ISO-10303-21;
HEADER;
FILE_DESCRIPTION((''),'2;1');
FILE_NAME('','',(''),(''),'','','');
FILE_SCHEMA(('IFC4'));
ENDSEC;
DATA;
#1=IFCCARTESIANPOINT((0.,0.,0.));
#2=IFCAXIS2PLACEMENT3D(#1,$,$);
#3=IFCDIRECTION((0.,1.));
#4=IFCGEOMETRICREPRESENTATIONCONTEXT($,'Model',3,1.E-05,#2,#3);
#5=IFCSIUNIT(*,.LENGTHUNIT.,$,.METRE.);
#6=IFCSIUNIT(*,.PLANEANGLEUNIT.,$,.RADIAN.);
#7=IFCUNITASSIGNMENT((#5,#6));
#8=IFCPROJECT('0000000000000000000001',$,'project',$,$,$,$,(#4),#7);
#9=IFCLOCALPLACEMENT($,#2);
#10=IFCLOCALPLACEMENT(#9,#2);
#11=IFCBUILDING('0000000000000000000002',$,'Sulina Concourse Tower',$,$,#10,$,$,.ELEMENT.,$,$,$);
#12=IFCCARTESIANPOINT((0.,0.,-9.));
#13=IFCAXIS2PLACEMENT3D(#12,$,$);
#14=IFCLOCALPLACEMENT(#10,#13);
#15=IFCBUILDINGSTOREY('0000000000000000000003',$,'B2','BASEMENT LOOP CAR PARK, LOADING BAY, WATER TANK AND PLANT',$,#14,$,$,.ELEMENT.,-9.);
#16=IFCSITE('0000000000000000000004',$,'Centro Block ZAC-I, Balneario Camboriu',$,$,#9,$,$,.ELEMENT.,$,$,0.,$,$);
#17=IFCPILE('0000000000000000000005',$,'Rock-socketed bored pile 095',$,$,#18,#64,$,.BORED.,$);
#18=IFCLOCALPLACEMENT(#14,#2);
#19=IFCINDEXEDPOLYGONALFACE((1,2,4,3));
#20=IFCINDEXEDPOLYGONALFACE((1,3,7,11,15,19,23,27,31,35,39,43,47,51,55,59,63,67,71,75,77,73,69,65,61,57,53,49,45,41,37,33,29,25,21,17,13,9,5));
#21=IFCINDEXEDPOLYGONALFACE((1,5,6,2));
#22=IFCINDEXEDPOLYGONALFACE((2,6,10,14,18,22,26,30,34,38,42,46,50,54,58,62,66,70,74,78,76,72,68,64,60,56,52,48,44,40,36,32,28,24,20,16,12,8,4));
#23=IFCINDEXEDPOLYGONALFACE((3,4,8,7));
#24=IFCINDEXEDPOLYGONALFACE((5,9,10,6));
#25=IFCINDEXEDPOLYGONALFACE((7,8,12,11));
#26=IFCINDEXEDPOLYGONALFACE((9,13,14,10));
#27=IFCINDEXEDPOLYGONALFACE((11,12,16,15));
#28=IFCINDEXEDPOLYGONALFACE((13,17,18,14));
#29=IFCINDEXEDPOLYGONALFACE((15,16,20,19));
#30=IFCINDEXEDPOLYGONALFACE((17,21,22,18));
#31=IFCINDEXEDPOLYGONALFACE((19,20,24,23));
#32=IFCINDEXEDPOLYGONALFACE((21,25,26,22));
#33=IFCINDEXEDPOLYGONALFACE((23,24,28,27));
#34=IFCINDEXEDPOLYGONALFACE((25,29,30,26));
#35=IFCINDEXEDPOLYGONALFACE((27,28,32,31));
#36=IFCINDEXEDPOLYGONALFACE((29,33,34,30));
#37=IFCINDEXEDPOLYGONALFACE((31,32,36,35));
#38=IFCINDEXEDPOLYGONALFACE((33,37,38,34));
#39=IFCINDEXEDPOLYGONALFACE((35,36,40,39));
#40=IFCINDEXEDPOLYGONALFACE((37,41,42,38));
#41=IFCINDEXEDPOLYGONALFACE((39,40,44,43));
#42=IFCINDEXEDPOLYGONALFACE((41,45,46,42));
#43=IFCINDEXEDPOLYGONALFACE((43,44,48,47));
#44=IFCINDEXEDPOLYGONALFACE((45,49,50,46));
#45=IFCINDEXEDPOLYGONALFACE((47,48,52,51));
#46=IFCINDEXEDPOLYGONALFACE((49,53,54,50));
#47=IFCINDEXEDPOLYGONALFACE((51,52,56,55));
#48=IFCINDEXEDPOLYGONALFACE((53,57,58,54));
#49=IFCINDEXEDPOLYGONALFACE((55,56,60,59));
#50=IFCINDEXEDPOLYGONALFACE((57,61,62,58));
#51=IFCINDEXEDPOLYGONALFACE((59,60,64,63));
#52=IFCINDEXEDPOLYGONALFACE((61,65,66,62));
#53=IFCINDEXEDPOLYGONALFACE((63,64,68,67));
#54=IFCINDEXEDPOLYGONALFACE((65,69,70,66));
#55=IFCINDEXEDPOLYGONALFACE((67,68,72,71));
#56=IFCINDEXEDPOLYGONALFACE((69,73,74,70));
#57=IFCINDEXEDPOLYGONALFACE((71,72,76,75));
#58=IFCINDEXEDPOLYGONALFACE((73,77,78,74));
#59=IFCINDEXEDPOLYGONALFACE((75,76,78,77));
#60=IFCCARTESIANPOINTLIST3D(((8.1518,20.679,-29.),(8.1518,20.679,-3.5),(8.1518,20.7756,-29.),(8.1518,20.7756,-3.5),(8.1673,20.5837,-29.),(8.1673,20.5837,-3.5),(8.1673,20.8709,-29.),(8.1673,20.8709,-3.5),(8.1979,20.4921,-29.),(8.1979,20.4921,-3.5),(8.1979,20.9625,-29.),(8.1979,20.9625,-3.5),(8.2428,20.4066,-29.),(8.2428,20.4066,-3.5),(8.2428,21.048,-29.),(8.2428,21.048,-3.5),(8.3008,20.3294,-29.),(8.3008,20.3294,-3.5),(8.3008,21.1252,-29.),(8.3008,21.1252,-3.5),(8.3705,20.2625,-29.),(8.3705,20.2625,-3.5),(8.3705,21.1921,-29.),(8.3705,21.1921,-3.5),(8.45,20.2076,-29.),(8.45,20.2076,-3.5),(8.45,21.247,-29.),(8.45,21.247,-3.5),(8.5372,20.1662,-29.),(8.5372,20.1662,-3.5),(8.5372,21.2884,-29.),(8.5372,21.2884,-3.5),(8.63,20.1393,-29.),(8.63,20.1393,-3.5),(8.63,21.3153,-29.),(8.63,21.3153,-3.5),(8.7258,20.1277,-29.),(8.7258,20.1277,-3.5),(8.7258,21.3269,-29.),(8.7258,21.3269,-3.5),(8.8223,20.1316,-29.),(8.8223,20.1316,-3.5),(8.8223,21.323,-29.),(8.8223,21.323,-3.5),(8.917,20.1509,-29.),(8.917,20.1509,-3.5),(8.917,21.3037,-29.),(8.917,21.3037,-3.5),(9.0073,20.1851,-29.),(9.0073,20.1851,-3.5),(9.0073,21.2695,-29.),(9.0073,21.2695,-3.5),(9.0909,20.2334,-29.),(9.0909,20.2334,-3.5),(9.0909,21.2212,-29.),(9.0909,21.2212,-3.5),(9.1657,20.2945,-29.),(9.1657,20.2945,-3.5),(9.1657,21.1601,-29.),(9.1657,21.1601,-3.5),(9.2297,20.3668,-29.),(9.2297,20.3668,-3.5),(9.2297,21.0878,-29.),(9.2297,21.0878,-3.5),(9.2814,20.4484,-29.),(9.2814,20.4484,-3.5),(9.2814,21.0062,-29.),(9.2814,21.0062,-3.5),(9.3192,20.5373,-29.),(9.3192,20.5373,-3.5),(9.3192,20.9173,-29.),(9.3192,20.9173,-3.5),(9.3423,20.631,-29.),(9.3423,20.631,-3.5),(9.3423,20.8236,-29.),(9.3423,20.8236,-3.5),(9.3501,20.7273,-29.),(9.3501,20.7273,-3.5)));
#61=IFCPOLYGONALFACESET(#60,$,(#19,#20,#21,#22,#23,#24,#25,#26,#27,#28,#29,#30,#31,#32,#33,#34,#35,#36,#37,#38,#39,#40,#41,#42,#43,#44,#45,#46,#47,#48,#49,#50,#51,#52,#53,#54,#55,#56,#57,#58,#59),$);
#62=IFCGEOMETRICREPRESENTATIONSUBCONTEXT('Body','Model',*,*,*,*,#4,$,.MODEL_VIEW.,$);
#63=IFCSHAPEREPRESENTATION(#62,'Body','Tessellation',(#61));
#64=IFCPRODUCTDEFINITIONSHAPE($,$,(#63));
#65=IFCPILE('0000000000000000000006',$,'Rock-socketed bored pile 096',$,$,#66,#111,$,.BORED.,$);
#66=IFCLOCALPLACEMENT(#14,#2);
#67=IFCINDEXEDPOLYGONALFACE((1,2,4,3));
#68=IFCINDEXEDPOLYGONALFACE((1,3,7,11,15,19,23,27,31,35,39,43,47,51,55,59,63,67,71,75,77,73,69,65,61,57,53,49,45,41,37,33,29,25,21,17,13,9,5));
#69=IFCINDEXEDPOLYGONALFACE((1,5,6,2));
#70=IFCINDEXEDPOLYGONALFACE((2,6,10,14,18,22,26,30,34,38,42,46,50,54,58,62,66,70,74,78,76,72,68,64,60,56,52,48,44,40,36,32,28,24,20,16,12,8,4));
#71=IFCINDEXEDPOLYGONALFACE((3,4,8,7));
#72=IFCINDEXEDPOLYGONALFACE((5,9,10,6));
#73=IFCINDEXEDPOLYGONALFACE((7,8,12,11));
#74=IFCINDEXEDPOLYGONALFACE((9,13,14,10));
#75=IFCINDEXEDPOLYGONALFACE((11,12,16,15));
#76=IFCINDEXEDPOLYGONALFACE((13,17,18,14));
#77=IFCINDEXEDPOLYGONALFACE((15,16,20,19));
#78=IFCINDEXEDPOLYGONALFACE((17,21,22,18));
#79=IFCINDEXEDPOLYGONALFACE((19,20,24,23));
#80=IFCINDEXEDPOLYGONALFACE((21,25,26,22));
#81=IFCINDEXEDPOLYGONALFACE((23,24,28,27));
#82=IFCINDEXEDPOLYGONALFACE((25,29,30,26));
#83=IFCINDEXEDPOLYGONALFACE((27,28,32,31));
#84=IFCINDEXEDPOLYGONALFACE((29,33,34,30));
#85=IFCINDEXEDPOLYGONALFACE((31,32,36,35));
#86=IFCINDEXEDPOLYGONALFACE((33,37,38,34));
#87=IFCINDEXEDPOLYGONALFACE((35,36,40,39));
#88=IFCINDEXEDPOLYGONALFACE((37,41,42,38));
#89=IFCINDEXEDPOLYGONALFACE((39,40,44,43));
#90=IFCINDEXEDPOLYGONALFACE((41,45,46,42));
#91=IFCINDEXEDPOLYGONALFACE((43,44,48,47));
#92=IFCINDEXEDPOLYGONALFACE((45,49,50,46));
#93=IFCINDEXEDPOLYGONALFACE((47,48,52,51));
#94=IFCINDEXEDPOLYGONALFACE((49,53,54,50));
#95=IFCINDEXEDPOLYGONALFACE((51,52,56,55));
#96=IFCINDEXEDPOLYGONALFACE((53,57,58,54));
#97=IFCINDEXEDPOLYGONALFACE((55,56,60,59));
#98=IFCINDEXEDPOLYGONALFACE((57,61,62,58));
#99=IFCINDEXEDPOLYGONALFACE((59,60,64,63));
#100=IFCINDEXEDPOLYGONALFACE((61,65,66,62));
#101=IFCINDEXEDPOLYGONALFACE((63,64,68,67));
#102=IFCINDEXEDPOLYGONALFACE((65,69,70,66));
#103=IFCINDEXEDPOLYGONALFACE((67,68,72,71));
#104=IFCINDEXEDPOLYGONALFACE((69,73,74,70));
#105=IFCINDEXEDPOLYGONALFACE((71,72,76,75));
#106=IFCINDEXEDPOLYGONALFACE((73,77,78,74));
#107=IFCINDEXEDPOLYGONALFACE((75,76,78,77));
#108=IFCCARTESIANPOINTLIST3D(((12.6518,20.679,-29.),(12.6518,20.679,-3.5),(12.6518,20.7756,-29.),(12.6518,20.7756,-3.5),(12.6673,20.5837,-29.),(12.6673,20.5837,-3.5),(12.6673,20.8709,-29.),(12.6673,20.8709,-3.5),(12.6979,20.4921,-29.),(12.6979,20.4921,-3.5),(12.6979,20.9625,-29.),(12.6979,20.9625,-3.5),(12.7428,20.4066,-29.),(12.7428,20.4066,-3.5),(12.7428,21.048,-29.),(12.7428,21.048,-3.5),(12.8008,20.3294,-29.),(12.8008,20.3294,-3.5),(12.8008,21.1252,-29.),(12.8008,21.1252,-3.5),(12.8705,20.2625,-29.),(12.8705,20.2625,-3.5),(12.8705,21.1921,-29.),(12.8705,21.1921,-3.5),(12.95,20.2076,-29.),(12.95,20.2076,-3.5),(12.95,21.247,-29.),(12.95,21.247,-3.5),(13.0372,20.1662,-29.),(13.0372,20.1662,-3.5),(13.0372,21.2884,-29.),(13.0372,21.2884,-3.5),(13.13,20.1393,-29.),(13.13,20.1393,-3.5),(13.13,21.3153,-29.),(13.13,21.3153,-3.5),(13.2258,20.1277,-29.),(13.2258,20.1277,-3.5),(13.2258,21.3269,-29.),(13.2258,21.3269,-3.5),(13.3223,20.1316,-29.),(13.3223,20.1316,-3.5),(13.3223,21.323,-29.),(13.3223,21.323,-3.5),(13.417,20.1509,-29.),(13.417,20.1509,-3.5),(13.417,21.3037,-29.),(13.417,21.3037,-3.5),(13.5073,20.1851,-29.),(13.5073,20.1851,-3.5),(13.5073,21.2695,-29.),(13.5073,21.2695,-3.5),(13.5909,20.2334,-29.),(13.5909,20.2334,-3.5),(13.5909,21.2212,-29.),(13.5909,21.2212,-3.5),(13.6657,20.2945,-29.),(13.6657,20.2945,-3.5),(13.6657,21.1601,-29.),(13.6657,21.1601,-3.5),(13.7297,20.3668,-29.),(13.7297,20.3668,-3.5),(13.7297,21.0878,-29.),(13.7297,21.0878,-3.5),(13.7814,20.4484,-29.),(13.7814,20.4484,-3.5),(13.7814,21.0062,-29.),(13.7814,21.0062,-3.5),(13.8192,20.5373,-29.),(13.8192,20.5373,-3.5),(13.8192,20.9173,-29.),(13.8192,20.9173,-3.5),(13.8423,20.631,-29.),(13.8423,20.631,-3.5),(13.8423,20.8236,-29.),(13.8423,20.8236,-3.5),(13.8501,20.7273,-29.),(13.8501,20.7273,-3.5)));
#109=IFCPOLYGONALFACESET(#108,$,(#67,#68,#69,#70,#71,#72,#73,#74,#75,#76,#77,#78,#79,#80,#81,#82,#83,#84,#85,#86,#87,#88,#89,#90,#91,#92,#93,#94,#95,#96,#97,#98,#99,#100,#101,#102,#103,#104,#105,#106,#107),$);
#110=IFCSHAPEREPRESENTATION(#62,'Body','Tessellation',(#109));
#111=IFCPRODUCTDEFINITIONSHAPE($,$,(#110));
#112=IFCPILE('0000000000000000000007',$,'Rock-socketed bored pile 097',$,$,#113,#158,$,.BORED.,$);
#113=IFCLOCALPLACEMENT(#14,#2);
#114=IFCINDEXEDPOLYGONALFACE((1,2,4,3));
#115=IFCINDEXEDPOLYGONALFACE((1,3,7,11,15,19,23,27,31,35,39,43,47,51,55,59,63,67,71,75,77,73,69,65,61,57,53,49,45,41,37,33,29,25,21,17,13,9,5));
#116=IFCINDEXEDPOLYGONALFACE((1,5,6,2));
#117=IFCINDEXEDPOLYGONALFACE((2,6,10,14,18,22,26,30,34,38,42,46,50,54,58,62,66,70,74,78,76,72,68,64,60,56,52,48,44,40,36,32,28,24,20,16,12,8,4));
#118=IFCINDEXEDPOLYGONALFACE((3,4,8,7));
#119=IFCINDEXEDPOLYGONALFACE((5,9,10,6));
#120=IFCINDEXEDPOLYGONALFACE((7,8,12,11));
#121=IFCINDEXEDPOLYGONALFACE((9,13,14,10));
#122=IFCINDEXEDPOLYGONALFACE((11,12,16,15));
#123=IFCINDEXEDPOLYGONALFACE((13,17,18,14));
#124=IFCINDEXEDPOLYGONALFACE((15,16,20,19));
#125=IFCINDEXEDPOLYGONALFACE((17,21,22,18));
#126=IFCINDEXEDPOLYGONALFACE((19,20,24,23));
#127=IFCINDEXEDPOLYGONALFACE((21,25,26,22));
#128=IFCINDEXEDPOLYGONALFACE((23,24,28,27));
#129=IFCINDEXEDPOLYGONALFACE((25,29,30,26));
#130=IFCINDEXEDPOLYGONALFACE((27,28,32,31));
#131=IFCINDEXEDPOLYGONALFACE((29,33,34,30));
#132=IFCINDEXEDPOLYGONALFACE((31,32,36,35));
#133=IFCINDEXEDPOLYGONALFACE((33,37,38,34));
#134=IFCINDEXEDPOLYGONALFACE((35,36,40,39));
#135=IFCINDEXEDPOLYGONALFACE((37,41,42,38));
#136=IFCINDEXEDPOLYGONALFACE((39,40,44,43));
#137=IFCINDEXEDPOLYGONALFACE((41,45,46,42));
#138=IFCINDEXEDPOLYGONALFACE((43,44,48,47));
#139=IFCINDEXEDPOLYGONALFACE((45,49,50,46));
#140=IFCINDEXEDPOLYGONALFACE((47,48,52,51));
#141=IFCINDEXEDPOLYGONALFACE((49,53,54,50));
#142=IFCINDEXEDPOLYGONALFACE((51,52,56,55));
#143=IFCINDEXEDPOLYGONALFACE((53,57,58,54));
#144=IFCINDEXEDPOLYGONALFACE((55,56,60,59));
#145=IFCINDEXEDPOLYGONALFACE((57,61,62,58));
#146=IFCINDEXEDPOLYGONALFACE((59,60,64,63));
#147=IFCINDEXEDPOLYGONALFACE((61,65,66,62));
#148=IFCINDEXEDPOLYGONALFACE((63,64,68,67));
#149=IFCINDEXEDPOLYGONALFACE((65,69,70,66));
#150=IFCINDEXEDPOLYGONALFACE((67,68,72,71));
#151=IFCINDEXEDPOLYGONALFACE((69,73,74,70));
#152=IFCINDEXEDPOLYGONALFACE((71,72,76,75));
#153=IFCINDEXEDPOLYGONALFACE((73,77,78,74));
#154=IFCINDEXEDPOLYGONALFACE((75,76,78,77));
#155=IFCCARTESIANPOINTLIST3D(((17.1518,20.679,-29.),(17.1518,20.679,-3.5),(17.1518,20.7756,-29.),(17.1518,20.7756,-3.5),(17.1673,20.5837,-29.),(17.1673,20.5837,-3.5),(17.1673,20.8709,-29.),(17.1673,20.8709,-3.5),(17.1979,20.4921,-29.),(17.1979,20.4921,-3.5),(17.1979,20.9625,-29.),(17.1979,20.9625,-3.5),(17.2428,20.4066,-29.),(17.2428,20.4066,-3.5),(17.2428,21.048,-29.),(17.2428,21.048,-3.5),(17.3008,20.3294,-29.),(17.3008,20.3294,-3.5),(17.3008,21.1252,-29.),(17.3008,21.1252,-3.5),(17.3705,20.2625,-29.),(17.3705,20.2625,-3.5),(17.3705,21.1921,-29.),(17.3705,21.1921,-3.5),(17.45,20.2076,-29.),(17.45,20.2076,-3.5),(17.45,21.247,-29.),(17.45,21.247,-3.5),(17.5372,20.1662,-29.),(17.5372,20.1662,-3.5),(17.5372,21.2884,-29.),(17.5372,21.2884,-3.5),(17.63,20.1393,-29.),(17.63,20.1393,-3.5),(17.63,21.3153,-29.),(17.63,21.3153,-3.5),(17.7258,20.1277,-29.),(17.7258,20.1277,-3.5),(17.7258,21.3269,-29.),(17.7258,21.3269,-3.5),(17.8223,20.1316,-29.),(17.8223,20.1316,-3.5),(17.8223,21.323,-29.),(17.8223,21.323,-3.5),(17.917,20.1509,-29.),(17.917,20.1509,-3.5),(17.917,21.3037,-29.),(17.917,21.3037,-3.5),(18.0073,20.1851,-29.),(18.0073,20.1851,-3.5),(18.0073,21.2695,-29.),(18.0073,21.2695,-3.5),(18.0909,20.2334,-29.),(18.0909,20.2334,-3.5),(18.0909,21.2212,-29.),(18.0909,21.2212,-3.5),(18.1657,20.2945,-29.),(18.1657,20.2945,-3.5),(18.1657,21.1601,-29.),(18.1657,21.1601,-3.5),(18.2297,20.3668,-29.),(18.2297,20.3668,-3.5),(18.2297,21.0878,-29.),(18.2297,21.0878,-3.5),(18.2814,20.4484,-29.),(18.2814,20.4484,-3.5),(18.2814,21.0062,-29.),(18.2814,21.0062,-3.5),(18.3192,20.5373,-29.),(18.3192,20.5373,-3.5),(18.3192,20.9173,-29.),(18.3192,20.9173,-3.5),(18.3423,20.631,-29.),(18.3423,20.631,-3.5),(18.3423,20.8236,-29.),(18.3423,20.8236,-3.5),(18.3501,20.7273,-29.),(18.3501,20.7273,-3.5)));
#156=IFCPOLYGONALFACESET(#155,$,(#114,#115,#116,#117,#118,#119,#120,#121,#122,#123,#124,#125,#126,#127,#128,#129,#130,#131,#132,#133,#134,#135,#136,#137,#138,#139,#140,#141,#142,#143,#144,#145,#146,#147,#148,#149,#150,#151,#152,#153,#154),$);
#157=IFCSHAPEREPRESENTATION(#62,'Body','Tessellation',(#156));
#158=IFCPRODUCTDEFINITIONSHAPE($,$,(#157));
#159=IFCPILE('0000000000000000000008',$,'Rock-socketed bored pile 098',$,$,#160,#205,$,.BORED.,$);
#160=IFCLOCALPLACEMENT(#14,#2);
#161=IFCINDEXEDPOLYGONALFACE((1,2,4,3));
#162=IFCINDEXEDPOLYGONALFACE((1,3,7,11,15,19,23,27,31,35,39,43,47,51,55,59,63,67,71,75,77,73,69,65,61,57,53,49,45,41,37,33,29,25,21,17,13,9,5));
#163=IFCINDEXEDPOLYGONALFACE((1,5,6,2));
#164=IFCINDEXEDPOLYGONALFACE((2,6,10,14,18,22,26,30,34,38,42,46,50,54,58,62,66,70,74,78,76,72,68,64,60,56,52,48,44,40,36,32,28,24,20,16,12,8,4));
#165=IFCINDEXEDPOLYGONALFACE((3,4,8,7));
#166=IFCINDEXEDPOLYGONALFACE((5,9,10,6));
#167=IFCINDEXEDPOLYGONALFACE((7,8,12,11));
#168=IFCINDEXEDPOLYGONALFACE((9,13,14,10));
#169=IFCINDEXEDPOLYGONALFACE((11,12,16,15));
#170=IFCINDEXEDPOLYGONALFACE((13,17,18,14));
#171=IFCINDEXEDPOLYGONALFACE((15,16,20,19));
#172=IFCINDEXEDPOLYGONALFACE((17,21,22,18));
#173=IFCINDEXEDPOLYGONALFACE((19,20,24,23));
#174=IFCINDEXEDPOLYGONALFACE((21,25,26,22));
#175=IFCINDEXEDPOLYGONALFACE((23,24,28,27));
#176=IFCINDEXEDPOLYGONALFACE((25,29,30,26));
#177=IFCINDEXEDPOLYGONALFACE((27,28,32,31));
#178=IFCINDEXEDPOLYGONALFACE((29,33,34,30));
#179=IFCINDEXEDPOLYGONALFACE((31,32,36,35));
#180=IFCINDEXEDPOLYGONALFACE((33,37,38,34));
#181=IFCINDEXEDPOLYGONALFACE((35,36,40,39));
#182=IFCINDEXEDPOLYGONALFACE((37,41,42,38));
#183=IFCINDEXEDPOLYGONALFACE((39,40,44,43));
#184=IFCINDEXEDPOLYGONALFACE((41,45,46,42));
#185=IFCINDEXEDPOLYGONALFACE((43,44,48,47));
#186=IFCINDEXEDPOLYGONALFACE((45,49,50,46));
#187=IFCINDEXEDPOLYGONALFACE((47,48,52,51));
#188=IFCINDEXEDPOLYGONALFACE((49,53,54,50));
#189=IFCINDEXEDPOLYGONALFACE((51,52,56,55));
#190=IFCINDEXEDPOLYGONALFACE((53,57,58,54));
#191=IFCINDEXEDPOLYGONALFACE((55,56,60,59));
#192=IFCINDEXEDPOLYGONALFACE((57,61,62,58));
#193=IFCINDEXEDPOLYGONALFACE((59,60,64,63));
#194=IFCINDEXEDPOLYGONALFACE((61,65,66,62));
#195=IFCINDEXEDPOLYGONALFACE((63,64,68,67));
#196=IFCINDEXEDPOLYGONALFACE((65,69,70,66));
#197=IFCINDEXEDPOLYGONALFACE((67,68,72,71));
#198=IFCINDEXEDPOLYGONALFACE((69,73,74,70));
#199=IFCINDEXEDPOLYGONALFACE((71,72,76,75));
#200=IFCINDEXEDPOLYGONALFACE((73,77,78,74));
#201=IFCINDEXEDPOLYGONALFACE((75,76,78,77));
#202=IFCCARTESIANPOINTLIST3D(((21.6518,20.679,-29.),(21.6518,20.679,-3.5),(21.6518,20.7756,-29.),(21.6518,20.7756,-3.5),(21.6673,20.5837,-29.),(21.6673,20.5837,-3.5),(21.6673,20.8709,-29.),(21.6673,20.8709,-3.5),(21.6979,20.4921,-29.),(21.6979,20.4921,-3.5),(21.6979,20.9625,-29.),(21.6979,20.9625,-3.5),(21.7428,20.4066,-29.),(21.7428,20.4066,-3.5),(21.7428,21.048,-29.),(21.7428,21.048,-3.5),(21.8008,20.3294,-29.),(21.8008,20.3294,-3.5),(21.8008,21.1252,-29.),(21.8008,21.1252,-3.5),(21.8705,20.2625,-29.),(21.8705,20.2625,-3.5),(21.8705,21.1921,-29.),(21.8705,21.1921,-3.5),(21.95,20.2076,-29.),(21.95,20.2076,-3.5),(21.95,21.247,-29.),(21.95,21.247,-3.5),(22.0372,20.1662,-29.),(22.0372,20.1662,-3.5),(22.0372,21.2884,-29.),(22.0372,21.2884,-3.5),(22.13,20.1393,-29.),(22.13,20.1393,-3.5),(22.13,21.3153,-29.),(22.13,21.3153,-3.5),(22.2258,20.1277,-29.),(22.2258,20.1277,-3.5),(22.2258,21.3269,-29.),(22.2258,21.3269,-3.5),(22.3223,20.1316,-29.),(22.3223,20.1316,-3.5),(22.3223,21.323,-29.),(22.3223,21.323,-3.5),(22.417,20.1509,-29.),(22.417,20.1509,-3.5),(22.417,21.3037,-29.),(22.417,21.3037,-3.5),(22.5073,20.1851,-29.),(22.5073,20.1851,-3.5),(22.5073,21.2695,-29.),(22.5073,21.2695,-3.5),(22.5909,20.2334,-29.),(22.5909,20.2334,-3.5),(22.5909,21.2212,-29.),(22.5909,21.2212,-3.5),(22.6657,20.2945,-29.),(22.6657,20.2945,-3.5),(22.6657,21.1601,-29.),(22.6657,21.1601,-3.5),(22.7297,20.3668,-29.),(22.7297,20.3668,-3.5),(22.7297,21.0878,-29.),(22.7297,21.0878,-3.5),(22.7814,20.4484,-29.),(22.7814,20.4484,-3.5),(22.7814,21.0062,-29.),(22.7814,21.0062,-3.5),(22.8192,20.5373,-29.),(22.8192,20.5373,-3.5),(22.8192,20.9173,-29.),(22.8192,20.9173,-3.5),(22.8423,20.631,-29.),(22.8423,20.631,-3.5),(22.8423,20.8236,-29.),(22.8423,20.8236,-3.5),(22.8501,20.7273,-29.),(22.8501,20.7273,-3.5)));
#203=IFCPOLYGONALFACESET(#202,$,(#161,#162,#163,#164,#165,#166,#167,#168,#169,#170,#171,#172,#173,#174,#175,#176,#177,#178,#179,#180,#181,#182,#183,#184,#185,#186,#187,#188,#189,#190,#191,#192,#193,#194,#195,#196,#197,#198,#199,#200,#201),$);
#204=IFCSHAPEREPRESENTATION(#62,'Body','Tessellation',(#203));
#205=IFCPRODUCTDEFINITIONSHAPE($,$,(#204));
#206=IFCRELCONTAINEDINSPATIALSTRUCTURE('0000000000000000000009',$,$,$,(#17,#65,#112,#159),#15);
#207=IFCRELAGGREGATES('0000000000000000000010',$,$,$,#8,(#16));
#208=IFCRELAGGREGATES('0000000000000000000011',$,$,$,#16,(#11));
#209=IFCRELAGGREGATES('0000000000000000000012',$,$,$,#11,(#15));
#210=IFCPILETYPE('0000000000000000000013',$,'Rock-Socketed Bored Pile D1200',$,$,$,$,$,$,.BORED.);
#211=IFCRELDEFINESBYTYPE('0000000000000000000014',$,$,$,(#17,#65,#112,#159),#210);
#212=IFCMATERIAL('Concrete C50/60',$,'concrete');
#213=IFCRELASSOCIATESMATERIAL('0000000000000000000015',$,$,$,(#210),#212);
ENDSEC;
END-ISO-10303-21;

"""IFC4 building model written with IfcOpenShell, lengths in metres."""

from ifc_helpers import new_model, si_unit, direction, frame, origin, origin_2d, place, context, subcontext, project, spatial, circle, extrude, material, material_profile, profile_set, type_object, element, save


model = new_model("IFC4")

# Units and contexts
model_context = context("Model", 3, precision=1e-05, world=origin(), true_north=direction((0.0, 1.0)))
body_context = subcontext(model_context, "Body", "Model", "MODEL_VIEW")
ifc_project = project(units=[si_unit("LENGTHUNIT", "METRE"), si_unit("PLANEANGLEUNIT", "RADIAN")], contexts=[model_context])

# Site, building, storey
site_placement = place(None, origin())
site = spatial("IfcSite", under=ifc_project, at=site_placement, Name="Centro Block ZAC-I, Balneario Camboriu", CompositionType="ELEMENT", RefElevation=0.0)
building_placement = place(site_placement, origin())
building = spatial("IfcBuilding", under=site, at=building_placement, Name="Sulina Concourse Tower", CompositionType="ELEMENT")
storey_placement = place(building_placement, frame((0.0, 0.0, -9.0)))
storey = spatial("IfcBuildingStorey", under=building, at=storey_placement, Name="B2", Description="BASEMENT LOOP CAR PARK, LOADING BAY, WATER TANK AND PLANT", CompositionType="ELEMENT", Elevation=-9.0)

# Piles
ifc_material_1 = material(Name="Concrete C50/60", Category="concrete")
ifc_material_profile_1 = material_profile(ifc_material_1, circle(Radius=0.6001, at=origin_2d()), Name="PILE D1200")
ifc_profile_set_1 = profile_set([ifc_material_profile_1], Name="Concrete C50/60")
pile_type_1 = type_object("IfcPileType", Name="Rock-Socketed Bored Pile D1200", PredefinedType="BORED", material=ifc_profile_set_1)
for number, where, z_axis, x_axis, name in (
    (1, (8.75, 20.7273, -3.5), (0.0, 0.0, -1.0), (1.0, 0.0, 0.0), "Rock-socketed bored pile 095"),
    (2, (13.25, 20.7273, -3.5), (0.0, 0.0, -1.0), (1.0, 0.0, 0.0), "Rock-socketed bored pile 096"),
    (3, (17.75, 20.7273, -3.5), (0.0, 0.0, -1.0), (1.0, 0.0, 0.0), "Rock-socketed bored pile 097"),
    (4, (22.25, 20.7273, -3.5), (0.0, 0.0, -1.0), (1.0, 0.0, 0.0), "Rock-socketed bored pile 098"),
):
    element("IfcPile", number, at=place(storey_placement, frame(where, z_axis=z_axis, x_axis=x_axis)), inside=storey, type_object=pile_type_1, Name=name, PredefinedType="BORED", context=body_context, shape_type="SweptSolid", body=[
        extrude(circle(Radius=0.6001, at=origin_2d()), origin(), (0.0, 0.0, 1.0), 25.5),
    ])

save(model, "model.ifc")
